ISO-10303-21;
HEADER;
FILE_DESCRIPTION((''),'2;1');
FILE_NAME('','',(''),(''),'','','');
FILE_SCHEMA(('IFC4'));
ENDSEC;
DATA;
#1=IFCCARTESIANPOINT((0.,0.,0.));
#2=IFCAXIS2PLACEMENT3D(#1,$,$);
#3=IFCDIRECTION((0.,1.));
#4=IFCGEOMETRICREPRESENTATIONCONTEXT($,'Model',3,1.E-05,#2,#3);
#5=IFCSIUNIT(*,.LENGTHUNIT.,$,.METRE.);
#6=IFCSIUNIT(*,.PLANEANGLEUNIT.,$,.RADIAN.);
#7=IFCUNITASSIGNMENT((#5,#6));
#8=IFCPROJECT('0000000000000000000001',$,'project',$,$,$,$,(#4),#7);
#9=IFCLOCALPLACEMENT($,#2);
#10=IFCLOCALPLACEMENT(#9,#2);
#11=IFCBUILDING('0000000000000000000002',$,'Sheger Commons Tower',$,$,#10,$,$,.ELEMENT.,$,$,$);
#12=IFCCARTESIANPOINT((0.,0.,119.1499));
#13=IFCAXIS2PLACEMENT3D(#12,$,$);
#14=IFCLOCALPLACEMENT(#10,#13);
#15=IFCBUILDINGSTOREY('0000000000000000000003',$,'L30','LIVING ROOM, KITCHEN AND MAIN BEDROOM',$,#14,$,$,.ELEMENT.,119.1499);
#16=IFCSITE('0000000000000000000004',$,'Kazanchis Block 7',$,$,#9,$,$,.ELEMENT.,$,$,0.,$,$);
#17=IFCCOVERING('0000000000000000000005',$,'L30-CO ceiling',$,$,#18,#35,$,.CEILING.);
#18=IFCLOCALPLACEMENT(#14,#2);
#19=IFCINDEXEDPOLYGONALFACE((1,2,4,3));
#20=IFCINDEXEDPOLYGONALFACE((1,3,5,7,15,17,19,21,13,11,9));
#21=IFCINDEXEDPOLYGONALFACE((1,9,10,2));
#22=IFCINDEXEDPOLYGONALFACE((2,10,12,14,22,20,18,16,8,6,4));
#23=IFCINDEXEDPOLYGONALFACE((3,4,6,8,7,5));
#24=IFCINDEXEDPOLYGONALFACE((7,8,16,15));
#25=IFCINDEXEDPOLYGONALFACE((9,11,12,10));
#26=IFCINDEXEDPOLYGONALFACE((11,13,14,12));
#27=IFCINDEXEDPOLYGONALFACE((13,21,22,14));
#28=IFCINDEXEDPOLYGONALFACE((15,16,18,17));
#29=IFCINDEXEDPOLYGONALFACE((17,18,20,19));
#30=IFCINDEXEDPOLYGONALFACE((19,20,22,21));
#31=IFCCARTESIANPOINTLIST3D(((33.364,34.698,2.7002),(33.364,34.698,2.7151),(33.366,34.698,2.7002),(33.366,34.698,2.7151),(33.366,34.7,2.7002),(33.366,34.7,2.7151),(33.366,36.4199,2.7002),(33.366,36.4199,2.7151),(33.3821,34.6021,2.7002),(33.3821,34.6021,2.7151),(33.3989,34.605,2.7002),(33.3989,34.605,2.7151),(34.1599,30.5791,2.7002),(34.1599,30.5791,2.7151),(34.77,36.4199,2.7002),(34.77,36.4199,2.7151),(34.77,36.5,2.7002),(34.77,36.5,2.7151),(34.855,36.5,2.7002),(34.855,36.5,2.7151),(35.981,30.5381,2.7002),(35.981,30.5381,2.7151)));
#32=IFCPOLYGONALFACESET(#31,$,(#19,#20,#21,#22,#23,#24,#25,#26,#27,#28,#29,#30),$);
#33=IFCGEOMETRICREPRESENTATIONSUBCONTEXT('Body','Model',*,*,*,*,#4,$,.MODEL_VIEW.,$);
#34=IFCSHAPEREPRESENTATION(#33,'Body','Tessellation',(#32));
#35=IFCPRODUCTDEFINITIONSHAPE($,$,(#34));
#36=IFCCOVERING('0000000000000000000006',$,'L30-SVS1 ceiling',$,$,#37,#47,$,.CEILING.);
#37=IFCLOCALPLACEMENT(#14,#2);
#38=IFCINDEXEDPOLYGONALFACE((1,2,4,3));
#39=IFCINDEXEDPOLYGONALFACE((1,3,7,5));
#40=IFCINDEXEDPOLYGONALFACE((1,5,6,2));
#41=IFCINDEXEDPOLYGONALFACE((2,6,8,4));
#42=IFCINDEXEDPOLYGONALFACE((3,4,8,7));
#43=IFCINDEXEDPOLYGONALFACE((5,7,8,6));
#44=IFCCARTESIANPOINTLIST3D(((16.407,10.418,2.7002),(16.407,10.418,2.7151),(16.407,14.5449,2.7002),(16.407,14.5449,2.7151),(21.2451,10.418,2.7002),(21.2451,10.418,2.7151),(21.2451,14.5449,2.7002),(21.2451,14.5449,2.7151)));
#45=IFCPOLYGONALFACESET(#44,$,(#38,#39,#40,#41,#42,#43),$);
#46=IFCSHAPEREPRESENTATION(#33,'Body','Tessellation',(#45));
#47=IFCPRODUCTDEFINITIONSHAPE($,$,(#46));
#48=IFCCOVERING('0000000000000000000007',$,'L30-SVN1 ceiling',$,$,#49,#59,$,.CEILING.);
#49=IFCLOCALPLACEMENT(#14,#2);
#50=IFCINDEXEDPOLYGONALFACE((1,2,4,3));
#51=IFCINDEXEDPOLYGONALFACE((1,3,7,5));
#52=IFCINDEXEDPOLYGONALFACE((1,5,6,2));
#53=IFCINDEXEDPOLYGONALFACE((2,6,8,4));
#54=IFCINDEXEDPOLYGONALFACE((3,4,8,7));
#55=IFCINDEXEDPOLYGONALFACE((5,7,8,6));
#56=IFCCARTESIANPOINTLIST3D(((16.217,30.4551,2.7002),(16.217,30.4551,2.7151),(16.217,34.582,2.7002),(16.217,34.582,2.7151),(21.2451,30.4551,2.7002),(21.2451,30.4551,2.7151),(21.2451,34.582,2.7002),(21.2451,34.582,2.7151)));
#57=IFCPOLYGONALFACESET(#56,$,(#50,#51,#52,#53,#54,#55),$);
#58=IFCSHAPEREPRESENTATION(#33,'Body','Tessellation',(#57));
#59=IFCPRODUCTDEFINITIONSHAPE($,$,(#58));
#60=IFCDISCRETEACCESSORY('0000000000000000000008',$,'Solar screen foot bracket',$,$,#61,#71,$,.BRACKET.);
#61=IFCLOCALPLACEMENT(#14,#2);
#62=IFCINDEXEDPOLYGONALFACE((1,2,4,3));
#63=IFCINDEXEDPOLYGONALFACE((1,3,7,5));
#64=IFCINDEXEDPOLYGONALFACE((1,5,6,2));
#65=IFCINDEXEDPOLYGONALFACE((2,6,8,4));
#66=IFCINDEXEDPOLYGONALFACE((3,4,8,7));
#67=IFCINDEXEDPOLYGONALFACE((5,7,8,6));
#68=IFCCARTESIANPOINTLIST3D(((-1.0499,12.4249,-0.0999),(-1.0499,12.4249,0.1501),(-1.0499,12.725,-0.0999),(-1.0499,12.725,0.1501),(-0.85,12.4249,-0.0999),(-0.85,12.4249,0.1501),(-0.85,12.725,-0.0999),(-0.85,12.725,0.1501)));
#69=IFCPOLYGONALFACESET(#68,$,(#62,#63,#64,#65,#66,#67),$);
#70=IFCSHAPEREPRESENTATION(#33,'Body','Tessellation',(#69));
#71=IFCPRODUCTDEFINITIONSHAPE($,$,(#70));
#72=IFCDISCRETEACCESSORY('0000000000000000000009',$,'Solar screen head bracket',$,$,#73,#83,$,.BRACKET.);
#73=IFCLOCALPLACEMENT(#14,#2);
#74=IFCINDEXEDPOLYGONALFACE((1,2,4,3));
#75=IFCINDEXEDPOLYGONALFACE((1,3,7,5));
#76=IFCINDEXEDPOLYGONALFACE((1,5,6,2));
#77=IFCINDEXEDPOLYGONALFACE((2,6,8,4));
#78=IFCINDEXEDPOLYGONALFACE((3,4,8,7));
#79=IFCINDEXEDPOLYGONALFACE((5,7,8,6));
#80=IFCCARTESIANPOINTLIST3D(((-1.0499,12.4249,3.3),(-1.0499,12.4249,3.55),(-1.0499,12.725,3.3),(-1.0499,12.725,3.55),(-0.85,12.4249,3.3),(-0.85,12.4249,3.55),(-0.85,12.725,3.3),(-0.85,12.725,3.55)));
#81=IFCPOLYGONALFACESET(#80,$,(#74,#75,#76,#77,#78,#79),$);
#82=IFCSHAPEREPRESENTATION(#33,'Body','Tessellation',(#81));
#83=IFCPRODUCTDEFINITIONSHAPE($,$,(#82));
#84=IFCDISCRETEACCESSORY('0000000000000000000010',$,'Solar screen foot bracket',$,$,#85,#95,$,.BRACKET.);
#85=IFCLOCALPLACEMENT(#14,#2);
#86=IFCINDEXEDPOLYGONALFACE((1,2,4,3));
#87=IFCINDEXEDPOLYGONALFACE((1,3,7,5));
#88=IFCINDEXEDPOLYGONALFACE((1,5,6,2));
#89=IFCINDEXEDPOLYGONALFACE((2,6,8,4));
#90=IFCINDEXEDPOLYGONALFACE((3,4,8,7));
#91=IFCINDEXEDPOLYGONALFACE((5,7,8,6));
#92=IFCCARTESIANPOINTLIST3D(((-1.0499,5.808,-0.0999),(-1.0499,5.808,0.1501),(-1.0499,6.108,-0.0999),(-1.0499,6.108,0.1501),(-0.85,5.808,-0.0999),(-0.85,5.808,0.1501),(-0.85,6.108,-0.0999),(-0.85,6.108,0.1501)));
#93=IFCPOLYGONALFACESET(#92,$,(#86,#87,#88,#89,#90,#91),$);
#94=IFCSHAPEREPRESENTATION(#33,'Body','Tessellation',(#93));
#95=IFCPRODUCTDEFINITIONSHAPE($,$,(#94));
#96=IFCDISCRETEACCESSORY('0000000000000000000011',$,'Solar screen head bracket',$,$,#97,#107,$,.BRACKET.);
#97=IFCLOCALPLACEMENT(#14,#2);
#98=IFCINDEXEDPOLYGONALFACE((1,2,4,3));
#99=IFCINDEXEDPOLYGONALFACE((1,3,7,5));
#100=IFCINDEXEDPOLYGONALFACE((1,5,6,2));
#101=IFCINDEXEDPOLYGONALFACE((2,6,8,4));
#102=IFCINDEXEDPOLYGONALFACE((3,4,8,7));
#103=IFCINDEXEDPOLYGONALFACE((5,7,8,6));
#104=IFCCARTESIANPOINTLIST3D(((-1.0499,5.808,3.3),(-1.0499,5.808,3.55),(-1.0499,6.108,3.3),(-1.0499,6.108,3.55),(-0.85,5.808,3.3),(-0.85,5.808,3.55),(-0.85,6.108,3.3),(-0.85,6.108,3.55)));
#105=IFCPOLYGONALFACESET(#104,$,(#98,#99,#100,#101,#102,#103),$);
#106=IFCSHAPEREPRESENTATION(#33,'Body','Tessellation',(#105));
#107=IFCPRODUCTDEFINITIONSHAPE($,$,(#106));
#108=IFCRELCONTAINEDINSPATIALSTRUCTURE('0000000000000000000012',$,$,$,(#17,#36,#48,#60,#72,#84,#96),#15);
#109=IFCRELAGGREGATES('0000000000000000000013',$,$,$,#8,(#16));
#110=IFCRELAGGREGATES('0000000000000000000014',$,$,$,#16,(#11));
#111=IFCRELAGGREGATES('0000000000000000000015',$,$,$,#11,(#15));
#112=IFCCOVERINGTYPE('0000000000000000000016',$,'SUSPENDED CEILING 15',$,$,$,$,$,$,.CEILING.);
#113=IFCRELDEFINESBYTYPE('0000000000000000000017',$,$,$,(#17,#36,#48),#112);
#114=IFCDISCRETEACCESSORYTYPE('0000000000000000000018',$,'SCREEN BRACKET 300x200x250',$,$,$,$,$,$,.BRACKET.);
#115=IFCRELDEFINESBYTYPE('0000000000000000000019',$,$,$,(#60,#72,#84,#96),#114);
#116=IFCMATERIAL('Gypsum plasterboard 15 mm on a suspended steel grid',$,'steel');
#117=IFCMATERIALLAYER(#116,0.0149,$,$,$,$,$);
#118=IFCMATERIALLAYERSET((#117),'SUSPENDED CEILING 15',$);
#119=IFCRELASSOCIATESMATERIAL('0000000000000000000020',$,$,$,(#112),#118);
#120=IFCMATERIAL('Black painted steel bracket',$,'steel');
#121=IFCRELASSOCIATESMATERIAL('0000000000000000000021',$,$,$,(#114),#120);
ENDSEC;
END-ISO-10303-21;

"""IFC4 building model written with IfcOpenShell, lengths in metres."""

from ifc_helpers import new_model, si_unit, direction, frame, origin, origin_2d, place, context, subcontext, project, spatial, polyline, rectangle, outline, extrude, material, layer, layer_set, type_object, element, save


model = new_model("IFC4")

# Units and contexts
model_context = context("Model", 3, precision=1e-05, world=origin(), true_north=direction((0.0, 1.0)))
body_context = subcontext(model_context, "Body", "Model", "MODEL_VIEW")
ifc_project = project(units=[si_unit("LENGTHUNIT", "METRE"), si_unit("PLANEANGLEUNIT", "RADIAN")], contexts=[model_context])

# Site, building, storey
site_placement = place(None, origin())
site = spatial("IfcSite", under=ifc_project, at=site_placement, Name="Kazanchis Block 7", CompositionType="ELEMENT", RefElevation=0.0)
building_placement = place(site_placement, origin())
building = spatial("IfcBuilding", under=site, at=building_placement, Name="Sheger Commons Tower", CompositionType="ELEMENT")
storey_placement = place(building_placement, frame((0.0, 0.0, 119.1499)))
storey = spatial("IfcBuildingStorey", under=building, at=storey_placement, Name="L30", Description="LIVING ROOM, KITCHEN AND MAIN BEDROOM", CompositionType="ELEMENT", Elevation=119.1499)

# Coverings
ifc_material_1 = material(Name="Gypsum plasterboard 15 mm on a suspended steel grid", Category="steel")
ifc_layer_1 = layer(ifc_material_1, 0.0149)
ifc_layer_set_1 = layer_set([ifc_layer_1], Name="SUSPENDED CEILING 15")
covering_type_1 = type_object("IfcCoveringType", Name="SUSPENDED CEILING 15", PredefinedType="CEILING", material=ifc_layer_set_1)
covering_1_placement = place(storey_placement, frame((0.0, 0.0, 2.7002)))
element("IfcCovering", 1, at=covering_1_placement, inside=storey, type_object=covering_type_1, Name="L30-CO ceiling", PredefinedType="CEILING", context=body_context, shape_type="SweptSolid", body=[
    extrude(outline(polyline([(35.981, 30.5381), (34.855, 36.5), (34.77, 36.5), (34.77, 36.4199), (33.366, 36.4199), (33.366, 34.7), (33.366, 34.698), (33.364, 34.698), (33.3821, 34.6021), (33.3989, 34.605), (34.1599, 30.5791), (35.981, 30.5381)])), origin(), (0.0, 0.0, 1.0), 0.0149),
])
covering_2_placement = place(storey_placement, frame((0.0, 0.0, 2.7002)))
element("IfcCovering", 2, at=covering_2_placement, inside=storey, type_object=covering_type_1, Name="L30-SVS1 ceiling", PredefinedType="CEILING", context=body_context, shape_type="SweptSolid", body=[
    extrude(outline(polyline([(16.407, 10.418), (21.2451, 10.418), (21.2451, 14.5449), (16.407, 14.5449), (16.407, 10.418)])), origin(), (0.0, 0.0, 1.0), 0.0149),
])
covering_3_placement = place(storey_placement, frame((0.0, 0.0, 2.7002)))
element("IfcCovering", 3, at=covering_3_placement, inside=storey, type_object=covering_type_1, Name="L30-SVN1 ceiling", PredefinedType="CEILING", context=body_context, shape_type="SweptSolid", body=[
    extrude(outline(polyline([(16.217, 30.4551), (21.2451, 30.4551), (21.2451, 34.582), (16.217, 34.582), (16.217, 30.4551)])), origin(), (0.0, 0.0, 1.0), 0.0149),
])

# Discrete accessories
ifc_material_2 = material(Name="Black painted steel bracket", Category="steel")
discrete_accessory_type = type_object("IfcDiscreteAccessoryType", Name="SCREEN BRACKET 300x200x250", PredefinedType="BRACKET", material=ifc_material_2)
for number, where, z_axis, x_axis, name in (
    (4, (-0.95, 12.575, -0.0999), (0.0, 0.0, 1.0), (0.0, -1.0, 0.0), "Solar screen foot bracket"),
    (5, (-0.95, 12.575, 3.3), (0.0, 0.0, 1.0), (0.0, -1.0, 0.0), "Solar screen head bracket"),
    (6, (-0.95, 5.958, -0.0999), (0.0, 0.0, 1.0), (0.0, -1.0, 0.0), "Solar screen foot bracket"),
    (7, (-0.95, 5.958, 3.3), (0.0, 0.0, 1.0), (0.0, -1.0, 0.0), "Solar screen head bracket"),
):
    element("IfcDiscreteAccessory", number, at=place(storey_placement, frame(where, z_axis=z_axis, x_axis=x_axis)), inside=storey, type_object=discrete_accessory_type, Name=name, PredefinedType="BRACKET", context=body_context, shape_type="SweptSolid", body=[
        extrude(rectangle(XDim=0.3, YDim=0.2, at=origin_2d()), origin(), (0.0, 0.0, 1.0), 0.25),
    ])

save(model, "model.ifc")
